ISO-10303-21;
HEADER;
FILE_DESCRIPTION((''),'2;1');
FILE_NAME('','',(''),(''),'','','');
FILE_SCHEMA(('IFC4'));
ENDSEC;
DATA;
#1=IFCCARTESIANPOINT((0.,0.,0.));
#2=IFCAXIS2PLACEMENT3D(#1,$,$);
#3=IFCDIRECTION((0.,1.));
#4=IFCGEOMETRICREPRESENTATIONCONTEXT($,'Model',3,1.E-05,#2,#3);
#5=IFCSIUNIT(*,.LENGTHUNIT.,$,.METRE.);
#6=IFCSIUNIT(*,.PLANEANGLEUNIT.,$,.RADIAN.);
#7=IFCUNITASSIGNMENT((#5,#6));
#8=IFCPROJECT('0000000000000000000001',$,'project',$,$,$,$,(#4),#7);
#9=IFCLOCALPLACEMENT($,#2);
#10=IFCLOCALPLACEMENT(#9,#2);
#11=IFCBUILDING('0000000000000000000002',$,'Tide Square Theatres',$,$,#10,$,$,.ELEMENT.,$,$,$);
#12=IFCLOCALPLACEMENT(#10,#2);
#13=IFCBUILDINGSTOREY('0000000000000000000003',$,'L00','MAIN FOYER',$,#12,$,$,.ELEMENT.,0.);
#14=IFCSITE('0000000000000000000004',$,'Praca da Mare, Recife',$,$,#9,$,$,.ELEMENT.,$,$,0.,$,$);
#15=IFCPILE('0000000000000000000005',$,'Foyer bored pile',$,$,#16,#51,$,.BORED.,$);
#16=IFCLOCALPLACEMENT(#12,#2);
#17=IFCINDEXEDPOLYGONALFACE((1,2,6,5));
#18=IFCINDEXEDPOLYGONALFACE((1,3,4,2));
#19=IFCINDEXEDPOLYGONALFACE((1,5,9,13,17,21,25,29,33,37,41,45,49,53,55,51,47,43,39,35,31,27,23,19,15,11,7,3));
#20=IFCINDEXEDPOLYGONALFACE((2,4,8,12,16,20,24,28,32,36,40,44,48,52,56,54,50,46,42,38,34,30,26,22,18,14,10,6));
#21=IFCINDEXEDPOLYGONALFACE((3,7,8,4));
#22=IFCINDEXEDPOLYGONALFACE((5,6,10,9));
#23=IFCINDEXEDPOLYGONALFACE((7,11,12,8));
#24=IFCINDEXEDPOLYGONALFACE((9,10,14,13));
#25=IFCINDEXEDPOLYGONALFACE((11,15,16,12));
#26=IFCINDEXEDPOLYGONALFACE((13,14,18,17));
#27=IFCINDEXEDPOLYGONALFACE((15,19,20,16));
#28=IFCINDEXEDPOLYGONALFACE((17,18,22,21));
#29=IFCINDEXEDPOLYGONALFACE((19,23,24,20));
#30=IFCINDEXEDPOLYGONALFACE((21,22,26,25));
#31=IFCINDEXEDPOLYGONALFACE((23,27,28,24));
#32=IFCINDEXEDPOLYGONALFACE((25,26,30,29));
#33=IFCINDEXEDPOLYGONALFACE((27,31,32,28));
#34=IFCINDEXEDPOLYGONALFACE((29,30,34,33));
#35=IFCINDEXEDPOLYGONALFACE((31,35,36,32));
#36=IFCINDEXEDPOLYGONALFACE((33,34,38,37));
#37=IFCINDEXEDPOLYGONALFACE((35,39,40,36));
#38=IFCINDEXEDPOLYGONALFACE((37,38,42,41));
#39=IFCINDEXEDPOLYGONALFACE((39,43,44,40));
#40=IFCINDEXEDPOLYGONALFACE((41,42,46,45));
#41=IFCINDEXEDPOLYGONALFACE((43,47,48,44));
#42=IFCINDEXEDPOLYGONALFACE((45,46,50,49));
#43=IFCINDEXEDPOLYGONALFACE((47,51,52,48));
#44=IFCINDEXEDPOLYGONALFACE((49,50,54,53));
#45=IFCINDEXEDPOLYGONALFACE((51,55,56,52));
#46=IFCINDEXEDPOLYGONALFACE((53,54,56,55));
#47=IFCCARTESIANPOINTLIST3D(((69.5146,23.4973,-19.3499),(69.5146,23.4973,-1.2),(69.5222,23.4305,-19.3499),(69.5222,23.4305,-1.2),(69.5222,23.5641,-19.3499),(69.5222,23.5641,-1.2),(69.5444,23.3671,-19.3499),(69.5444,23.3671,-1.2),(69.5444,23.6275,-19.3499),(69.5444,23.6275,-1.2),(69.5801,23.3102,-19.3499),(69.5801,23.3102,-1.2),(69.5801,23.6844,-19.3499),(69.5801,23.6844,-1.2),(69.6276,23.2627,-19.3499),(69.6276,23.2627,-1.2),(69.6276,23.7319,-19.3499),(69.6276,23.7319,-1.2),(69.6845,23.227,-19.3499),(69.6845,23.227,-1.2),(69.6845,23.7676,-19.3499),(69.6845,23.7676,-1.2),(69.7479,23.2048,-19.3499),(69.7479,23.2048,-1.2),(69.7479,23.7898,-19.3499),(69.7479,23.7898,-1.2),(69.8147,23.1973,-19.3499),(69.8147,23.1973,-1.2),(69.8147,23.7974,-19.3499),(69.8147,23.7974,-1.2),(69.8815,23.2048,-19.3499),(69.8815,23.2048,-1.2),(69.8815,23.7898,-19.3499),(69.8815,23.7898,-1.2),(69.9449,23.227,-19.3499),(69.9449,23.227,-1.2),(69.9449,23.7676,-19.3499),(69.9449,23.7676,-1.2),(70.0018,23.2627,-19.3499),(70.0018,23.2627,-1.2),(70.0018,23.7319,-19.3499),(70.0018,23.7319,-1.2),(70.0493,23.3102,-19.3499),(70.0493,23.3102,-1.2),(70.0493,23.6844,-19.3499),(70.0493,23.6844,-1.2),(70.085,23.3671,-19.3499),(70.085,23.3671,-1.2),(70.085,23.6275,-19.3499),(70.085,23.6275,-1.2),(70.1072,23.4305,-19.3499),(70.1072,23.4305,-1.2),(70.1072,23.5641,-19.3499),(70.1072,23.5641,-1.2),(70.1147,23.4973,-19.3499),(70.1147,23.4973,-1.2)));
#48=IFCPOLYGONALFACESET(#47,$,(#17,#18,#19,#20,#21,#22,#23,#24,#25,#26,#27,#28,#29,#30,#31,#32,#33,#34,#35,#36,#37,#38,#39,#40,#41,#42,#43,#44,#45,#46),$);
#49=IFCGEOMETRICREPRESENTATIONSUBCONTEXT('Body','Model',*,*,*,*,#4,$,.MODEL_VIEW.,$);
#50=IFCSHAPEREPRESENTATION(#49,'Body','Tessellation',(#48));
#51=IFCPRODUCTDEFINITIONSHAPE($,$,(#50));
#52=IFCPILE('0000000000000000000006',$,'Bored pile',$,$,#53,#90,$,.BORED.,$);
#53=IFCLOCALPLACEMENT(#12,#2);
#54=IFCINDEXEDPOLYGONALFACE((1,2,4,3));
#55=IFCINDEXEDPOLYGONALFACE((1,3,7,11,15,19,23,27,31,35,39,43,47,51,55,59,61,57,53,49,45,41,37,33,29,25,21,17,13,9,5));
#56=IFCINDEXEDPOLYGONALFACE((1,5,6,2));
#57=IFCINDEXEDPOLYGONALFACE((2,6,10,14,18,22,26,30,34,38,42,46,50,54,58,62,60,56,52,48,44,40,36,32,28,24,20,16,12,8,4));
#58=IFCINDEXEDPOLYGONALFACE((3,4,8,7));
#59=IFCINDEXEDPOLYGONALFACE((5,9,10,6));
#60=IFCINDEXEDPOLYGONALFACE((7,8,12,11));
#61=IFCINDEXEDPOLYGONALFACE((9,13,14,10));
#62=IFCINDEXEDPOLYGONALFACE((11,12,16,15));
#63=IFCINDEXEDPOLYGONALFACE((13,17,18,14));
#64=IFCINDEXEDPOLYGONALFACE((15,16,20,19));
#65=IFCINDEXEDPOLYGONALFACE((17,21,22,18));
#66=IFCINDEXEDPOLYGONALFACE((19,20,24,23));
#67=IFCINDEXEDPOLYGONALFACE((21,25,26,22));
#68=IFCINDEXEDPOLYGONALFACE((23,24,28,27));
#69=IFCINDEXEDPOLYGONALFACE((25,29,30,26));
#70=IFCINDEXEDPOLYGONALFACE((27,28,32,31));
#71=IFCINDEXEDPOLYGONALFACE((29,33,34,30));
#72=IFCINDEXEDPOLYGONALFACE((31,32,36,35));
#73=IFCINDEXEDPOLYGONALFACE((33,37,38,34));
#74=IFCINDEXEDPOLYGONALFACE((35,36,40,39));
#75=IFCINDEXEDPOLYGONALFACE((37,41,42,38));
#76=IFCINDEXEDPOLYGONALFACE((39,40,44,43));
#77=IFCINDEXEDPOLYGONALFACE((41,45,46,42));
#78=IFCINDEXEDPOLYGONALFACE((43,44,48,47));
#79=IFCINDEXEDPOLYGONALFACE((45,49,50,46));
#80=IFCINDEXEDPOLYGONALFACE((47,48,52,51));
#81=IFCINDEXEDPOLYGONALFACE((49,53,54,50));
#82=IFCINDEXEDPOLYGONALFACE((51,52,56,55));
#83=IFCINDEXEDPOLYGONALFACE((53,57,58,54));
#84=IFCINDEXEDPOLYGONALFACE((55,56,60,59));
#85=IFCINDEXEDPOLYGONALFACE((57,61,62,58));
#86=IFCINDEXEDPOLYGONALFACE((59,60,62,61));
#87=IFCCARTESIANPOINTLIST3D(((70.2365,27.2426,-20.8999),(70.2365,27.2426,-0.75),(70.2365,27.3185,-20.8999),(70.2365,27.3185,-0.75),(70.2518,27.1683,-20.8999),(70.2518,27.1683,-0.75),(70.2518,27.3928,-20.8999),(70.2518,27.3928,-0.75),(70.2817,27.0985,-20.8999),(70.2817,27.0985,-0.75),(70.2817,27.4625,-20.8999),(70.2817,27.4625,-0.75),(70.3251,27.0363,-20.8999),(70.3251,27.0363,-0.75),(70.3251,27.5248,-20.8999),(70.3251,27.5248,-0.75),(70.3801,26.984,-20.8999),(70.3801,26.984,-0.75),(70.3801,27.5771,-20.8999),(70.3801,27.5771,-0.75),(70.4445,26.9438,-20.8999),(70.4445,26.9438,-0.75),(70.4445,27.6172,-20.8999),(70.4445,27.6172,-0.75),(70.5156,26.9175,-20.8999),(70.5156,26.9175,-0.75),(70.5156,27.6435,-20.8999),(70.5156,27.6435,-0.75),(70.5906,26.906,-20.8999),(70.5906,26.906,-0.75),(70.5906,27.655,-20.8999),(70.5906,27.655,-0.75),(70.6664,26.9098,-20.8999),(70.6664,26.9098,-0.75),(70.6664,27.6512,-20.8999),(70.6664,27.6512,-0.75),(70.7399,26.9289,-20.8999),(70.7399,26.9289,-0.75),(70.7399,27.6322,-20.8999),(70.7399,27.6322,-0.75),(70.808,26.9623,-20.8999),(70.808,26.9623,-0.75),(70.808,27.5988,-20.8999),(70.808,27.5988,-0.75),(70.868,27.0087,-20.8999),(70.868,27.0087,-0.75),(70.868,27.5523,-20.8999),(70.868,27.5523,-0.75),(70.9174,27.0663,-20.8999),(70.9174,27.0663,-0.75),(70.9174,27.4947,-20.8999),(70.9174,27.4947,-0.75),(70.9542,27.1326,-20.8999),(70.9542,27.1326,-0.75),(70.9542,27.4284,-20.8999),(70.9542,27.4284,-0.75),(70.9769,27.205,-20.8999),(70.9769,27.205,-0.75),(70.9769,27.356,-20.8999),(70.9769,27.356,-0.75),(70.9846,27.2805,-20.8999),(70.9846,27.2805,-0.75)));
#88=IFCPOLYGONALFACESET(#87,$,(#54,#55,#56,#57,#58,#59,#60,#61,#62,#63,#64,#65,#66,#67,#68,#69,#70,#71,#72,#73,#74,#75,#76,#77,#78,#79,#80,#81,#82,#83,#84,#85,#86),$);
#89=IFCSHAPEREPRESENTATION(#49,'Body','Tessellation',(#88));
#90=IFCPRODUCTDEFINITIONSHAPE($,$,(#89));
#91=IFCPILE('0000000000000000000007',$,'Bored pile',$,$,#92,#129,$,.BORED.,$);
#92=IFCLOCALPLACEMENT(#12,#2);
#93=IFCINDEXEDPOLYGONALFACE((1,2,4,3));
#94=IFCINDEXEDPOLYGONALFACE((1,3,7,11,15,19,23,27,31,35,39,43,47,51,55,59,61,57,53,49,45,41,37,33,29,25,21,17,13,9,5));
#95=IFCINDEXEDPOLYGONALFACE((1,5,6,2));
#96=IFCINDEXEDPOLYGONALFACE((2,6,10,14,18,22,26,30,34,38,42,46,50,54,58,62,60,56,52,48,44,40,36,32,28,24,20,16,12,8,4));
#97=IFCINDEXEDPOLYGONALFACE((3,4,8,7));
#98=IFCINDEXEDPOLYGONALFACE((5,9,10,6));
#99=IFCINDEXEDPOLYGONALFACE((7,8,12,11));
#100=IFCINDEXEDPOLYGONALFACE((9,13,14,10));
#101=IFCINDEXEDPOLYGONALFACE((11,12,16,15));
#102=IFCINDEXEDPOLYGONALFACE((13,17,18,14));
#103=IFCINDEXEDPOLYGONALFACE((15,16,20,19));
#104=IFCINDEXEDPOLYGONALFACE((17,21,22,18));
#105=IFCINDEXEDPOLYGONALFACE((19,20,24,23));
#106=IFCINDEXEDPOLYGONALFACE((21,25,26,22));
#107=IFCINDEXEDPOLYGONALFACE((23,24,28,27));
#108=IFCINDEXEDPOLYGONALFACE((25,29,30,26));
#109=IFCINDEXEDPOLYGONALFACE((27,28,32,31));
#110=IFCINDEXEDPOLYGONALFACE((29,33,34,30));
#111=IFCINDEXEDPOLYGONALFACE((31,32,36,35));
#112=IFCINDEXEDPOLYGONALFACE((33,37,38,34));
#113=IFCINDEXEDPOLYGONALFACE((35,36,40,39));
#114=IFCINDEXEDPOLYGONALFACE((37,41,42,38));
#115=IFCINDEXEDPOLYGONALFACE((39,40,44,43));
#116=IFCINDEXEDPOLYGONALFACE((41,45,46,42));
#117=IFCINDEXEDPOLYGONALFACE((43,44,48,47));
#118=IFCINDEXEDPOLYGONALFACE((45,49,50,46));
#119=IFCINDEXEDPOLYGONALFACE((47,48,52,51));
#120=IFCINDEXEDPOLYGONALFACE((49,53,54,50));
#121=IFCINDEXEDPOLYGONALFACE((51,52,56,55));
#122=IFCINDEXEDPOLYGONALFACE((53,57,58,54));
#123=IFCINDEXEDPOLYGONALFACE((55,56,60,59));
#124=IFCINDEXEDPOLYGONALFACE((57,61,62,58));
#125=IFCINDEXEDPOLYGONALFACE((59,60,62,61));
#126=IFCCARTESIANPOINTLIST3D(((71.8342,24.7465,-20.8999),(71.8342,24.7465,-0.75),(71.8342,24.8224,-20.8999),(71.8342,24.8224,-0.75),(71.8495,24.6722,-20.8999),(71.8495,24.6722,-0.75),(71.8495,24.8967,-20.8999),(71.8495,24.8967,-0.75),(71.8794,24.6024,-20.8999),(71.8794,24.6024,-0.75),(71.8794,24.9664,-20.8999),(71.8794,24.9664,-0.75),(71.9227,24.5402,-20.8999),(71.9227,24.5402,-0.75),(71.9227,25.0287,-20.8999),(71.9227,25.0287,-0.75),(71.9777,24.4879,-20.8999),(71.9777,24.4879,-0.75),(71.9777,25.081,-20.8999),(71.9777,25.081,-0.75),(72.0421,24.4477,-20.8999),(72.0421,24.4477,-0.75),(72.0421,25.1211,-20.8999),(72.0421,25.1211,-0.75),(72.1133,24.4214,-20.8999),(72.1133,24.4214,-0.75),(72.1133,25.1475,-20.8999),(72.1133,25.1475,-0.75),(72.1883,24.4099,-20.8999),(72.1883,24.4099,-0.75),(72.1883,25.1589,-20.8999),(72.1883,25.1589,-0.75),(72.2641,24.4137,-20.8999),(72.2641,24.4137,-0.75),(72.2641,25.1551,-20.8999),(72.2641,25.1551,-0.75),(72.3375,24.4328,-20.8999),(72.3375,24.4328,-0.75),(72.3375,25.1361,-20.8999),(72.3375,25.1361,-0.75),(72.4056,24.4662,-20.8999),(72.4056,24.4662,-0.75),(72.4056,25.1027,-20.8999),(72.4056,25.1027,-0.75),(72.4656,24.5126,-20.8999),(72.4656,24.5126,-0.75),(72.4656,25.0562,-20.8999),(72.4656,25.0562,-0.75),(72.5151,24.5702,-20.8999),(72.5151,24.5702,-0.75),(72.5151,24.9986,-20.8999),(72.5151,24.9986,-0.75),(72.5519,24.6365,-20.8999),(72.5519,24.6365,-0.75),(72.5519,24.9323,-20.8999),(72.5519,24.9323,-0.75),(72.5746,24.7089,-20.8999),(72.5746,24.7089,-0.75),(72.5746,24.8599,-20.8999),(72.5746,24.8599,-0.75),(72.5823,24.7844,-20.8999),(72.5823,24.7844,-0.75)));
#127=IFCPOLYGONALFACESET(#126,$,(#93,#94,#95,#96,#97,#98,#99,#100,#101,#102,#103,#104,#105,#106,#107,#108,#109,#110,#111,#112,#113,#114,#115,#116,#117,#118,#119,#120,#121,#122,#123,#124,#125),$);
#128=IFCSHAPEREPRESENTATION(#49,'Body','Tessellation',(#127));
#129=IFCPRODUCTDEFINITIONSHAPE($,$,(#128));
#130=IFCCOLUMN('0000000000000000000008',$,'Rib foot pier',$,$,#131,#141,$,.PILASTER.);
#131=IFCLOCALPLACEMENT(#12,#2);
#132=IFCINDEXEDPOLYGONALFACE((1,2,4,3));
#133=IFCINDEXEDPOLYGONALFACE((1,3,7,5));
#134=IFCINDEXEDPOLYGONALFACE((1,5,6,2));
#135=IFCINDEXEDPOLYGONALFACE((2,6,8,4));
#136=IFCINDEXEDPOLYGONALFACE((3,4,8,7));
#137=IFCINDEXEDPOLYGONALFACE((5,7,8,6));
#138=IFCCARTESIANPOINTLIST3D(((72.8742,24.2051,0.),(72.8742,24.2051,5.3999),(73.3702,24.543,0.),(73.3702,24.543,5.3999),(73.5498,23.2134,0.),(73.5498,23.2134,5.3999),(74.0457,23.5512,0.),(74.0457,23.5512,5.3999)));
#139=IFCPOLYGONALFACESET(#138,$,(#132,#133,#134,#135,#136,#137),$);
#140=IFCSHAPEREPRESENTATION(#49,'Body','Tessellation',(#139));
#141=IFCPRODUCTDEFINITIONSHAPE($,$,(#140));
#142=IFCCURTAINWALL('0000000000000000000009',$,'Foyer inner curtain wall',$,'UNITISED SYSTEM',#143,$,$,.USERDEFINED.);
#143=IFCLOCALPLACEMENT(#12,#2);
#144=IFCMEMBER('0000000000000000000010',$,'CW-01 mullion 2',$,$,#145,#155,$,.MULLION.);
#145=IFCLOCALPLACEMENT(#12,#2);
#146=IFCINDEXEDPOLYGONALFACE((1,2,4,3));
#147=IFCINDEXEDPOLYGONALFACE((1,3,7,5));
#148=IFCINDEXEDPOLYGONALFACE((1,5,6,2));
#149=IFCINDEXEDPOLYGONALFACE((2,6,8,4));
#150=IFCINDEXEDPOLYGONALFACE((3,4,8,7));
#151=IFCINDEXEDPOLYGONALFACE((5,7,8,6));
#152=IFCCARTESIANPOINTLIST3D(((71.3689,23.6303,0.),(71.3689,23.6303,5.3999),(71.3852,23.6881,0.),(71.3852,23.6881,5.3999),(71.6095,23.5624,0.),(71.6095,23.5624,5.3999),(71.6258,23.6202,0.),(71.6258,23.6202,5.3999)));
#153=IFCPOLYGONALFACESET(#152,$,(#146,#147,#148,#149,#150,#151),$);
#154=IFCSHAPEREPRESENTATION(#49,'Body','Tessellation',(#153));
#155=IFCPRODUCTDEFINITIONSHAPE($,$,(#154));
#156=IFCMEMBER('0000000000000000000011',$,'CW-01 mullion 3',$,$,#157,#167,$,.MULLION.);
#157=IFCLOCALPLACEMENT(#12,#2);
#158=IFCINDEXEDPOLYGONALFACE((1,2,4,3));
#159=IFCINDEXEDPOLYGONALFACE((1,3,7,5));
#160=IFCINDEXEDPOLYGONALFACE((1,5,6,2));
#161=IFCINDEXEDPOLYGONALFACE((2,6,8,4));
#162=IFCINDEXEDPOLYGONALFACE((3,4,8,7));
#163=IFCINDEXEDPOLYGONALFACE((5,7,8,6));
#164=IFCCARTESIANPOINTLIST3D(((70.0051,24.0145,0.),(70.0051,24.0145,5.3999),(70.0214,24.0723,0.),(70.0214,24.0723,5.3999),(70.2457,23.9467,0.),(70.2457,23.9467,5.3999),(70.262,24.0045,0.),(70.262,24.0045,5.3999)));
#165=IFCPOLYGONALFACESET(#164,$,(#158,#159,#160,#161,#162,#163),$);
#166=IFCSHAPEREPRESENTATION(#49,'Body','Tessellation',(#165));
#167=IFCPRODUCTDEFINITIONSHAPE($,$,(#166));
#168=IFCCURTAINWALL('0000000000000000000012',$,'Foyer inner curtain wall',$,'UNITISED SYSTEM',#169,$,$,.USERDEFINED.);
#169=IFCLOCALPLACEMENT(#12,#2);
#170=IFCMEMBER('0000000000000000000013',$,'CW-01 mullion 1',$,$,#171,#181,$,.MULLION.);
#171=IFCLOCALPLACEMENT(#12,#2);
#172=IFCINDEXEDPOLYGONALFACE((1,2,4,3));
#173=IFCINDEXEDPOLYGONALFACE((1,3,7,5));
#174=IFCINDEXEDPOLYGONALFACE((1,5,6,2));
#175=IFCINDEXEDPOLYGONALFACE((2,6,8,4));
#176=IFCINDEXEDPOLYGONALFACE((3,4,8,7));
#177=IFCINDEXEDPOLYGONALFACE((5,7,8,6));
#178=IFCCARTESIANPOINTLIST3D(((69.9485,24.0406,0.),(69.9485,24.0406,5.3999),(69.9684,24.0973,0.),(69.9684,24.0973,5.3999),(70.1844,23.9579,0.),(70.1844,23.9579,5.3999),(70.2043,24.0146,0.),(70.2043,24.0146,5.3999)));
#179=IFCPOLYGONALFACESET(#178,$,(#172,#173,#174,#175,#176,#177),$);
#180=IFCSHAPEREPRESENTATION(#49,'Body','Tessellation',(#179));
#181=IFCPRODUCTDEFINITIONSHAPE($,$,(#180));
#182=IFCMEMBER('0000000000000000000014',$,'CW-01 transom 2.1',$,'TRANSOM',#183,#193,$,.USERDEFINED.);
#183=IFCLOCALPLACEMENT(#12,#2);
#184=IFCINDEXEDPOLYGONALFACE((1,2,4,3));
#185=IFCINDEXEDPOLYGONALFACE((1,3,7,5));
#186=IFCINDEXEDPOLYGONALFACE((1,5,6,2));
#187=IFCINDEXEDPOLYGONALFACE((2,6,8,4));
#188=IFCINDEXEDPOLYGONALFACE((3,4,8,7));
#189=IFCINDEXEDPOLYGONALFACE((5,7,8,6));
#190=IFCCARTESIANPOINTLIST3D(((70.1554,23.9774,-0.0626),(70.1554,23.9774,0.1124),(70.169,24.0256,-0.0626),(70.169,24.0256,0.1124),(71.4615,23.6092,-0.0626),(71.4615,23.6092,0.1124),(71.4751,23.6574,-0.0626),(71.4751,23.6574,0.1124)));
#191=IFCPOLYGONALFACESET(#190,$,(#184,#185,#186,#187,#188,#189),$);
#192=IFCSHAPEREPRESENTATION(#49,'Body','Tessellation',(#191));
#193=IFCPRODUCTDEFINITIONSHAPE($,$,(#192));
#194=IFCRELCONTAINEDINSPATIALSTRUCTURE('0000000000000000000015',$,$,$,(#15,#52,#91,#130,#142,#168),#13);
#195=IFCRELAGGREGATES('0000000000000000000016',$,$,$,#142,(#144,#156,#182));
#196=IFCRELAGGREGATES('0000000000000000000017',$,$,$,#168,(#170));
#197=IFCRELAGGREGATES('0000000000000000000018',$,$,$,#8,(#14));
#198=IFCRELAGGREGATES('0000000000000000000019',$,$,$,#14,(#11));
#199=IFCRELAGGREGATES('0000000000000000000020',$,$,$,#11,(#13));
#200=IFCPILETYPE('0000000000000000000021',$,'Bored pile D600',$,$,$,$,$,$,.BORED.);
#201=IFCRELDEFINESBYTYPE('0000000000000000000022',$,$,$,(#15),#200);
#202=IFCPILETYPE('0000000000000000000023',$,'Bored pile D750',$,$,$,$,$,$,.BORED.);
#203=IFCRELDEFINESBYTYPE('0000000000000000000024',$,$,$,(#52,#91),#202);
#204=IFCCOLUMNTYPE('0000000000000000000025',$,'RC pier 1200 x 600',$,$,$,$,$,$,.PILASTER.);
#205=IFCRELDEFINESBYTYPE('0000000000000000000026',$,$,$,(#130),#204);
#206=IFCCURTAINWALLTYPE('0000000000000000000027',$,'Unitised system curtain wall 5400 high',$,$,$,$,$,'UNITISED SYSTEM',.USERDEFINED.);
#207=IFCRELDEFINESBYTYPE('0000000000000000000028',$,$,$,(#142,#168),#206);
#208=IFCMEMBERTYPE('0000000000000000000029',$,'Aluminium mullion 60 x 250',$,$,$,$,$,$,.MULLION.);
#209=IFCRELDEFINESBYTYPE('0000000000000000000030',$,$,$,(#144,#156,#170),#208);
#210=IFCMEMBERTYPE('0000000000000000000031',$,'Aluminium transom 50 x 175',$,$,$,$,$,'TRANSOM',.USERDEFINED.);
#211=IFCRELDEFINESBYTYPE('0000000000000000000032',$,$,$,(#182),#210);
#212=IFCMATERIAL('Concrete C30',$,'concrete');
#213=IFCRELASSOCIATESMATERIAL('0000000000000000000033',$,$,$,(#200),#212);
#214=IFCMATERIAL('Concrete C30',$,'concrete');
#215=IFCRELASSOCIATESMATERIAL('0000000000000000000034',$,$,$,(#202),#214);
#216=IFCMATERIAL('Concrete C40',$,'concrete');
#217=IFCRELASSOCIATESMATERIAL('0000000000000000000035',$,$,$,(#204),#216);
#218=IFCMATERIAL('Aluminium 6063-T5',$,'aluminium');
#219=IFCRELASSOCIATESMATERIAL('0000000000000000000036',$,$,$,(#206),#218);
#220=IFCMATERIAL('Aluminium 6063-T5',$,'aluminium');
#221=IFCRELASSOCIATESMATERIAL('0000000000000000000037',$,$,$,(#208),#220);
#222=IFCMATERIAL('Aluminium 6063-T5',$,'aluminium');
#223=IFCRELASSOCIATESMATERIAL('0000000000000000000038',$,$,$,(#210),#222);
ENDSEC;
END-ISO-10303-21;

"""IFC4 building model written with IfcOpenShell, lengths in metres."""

from ifc_helpers import new_model, si_unit, direction, frame, origin, origin_2d, place, context, subcontext, project, spatial, rectangle, circle, extrude, material, material_profile, profile_set, type_object, element, aggregate, save


model = new_model("IFC4")

# Units and contexts
model_context = context("Model", 3, precision=1e-05, world=origin(), true_north=direction((0.0, 1.0)))
body_context = subcontext(model_context, "Body", "Model", "MODEL_VIEW")
ifc_project = project(units=[si_unit("LENGTHUNIT", "METRE"), si_unit("PLANEANGLEUNIT", "RADIAN")], contexts=[model_context])

# Site, building, storey
site_placement = place(None, origin())
site = spatial("IfcSite", under=ifc_project, at=site_placement, Name="Praca da Mare, Recife", CompositionType="ELEMENT", RefElevation=0.0)
building_placement = place(site_placement, origin())
building = spatial("IfcBuilding", under=site, at=building_placement, Name="Tide Square Theatres", CompositionType="ELEMENT")
storey_placement = place(building_placement, origin())
storey = spatial("IfcBuildingStorey", under=building, at=storey_placement, Name="L00", Description="MAIN FOYER", CompositionType="ELEMENT", Elevation=0.0)

# Piles
ifc_material_1 = material(Name="Concrete C30", Category="concrete")
ifc_material_profile_1 = material_profile(ifc_material_1, circle(Radius=0.3, at=origin_2d()))
ifc_profile_set_1 = profile_set([ifc_material_profile_1], Name="Concrete C30")
pile_type_1 = type_object("IfcPileType", Name="Bored pile D600", PredefinedType="BORED", material=ifc_profile_set_1)
pile_placement = place(storey_placement, frame((69.8147, 23.4973, -1.2), z_axis=(0.0, 0.0, -1.0), x_axis=(1.0, 0.0, 0.0)))
element("IfcPile", 1, at=pile_placement, inside=storey, type_object=pile_type_1, Name="Foyer bored pile", PredefinedType="BORED", context=body_context, shape_type="SweptSolid", body=[
    extrude(circle(Radius=0.3, at=origin_2d()), origin(), (0.0, 0.0, 1.0), 18.1499),
])
ifc_material_2 = material(Name="Concrete C30", Category="concrete")
ifc_material_profile_2 = material_profile(ifc_material_2, circle(Radius=0.375, at=origin_2d()))
ifc_profile_set_2 = profile_set([ifc_material_profile_2], Name="Concrete C30")
pile_type_2 = type_object("IfcPileType", Name="Bored pile D750", PredefinedType="BORED", material=ifc_profile_set_2)
for number, where, z_axis, x_axis, name in (
    (2, (70.6096, 27.2805, -0.75), (0.0, 0.0, -1.0), (1.0, 0.0, 0.0), "Bored pile"),
    (3, (72.2073, 24.7844, -0.75), (0.0, 0.0, -1.0), (1.0, 0.0, 0.0), "Bored pile"),
):
    element("IfcPile", number, at=place(storey_placement, frame(where, z_axis=z_axis, x_axis=x_axis)), inside=storey, type_object=pile_type_2, Name=name, PredefinedType="BORED", context=body_context, shape_type="SweptSolid", body=[
        extrude(circle(Radius=0.375, at=origin_2d()), origin(), (0.0, 0.0, 1.0), 20.1499),
    ])

# Column
ifc_material_3 = material(Name="Concrete C40", Category="concrete")
ifc_material_profile_3 = material_profile(ifc_material_3, rectangle(XDim=1.2, YDim=0.6001, at=origin_2d()))
ifc_profile_set_3 = profile_set([ifc_material_profile_3], Name="Concrete C40")
column_type = type_object("IfcColumnType", Name="RC pier 1200 x 600", PredefinedType="PILASTER", material=ifc_profile_set_3)
column_placement = place(storey_placement, frame((73.46, 23.8782, 0.0), z_axis=(0.0, 0.0, 1.0), x_axis=(0.562978, -0.826472, 0.0)))
element("IfcColumn", 4, at=column_placement, inside=storey, type_object=column_type, Name="Rib foot pier", PredefinedType="PILASTER", context=body_context, shape_type="SweptSolid", body=[
    extrude(rectangle(XDim=1.2, YDim=0.6001, at=origin_2d()), origin(), (0.0, 0.0, 1.0), 5.3999),
])

# Curtain wall, members
ifc_material_4 = material(Name="Aluminium 6063-T5", Category="aluminium")
curtain_wall_type = type_object("IfcCurtainWallType", Name="Unitised system curtain wall 5400 high", ElementType="UNITISED SYSTEM", PredefinedType="USERDEFINED", material=ifc_material_4)
curtain_wall_1_placement = place(storey_placement, origin())
curtain_wall_1 = element("IfcCurtainWall", 5, at=curtain_wall_1_placement, inside=storey, type_object=curtain_wall_type, Name="Foyer inner curtain wall", ObjectType="UNITISED SYSTEM", PredefinedType="USERDEFINED")
ifc_material_5 = material(Name="Aluminium 6063-T5", Category="aluminium")
ifc_material_profile_4 = material_profile(ifc_material_5, rectangle(XDim=0.0601, YDim=0.25, at=origin_2d()))
ifc_profile_set_4 = profile_set([ifc_material_profile_4], Name="Aluminium 6063-T5")
member_type_1 = type_object("IfcMemberType", Name="Aluminium mullion 60 x 250", PredefinedType="MULLION", material=ifc_profile_set_4)
member_1_placement = place(storey_placement, frame((71.4973, 23.6252, 0.0), z_axis=(0.0, 0.0, 1.0), x_axis=(-0.271328, -0.962487, 0.0)))
member_1 = element("IfcMember", 6, at=member_1_placement, type_object=member_type_1, Name="CW-01 mullion 2", PredefinedType="MULLION", context=body_context, shape_type="SweptSolid", body=[
    extrude(rectangle(XDim=0.0601, YDim=0.25, at=origin_2d()), origin(), (0.0, 0.0, 1.0), 5.3999),
])
member_2_placement = place(storey_placement, frame((70.1335, 24.0095, 0.0), z_axis=(0.0, 0.0, 1.0), x_axis=(-0.271328, -0.962487, 0.0)))
member_2 = element("IfcMember", 7, at=member_2_placement, type_object=member_type_1, Name="CW-01 mullion 3", PredefinedType="MULLION", context=body_context, shape_type="SweptSolid", body=[
    extrude(rectangle(XDim=0.0601, YDim=0.25, at=origin_2d()), origin(), (0.0, 0.0, 1.0), 5.3999),
])

# Curtain wall, member
curtain_wall_2_placement = place(storey_placement, origin())
curtain_wall_2 = element("IfcCurtainWall", 8, at=curtain_wall_2_placement, inside=storey, type_object=curtain_wall_type, Name="Foyer inner curtain wall", ObjectType="UNITISED SYSTEM", PredefinedType="USERDEFINED")
member_3_placement = place(storey_placement, frame((70.0764, 24.0276, 0.0), z_axis=(0.0, 0.0, 1.0), x_axis=(-0.330876, -0.943674, 0.0)))
member_3 = element("IfcMember", 9, at=member_3_placement, type_object=member_type_1, Name="CW-01 mullion 1", PredefinedType="MULLION", context=body_context, shape_type="SweptSolid", body=[
    extrude(rectangle(XDim=0.0601, YDim=0.25, at=origin_2d()), origin(), (0.0, 0.0, 1.0), 5.3999),
])

# Member
ifc_material_6 = material(Name="Aluminium 6063-T5", Category="aluminium")
ifc_material_profile_5 = material_profile(ifc_material_6, rectangle(XDim=0.05, YDim=0.175, at=origin_2d()))
ifc_profile_set_5 = profile_set([ifc_material_profile_5], Name="Aluminium 6063-T5")
member_type_2 = type_object("IfcMemberType", Name="Aluminium transom 50 x 175", ElementType="TRANSOM", PredefinedType="USERDEFINED", material=ifc_profile_set_5)
member_4_placement = place(storey_placement, frame((71.4683, 23.6333, 0.0249), z_axis=(-0.962482, 0.271345, 0.0), x_axis=(-0.271345, -0.962482, 0.0)))
member_4 = element("IfcMember", 10, at=member_4_placement, type_object=member_type_2, Name="CW-01 transom 2.1", ObjectType="TRANSOM", PredefinedType="USERDEFINED", context=body_context, shape_type="SweptSolid", body=[
    extrude(rectangle(XDim=0.05, YDim=0.175, at=origin_2d()), origin(), (0.0, 0.0, 1.0), 1.3569),
])

aggregate(curtain_wall_1, [member_1, member_2, member_4])
aggregate(curtain_wall_2, [member_3])

save(model, "model.ifc")
